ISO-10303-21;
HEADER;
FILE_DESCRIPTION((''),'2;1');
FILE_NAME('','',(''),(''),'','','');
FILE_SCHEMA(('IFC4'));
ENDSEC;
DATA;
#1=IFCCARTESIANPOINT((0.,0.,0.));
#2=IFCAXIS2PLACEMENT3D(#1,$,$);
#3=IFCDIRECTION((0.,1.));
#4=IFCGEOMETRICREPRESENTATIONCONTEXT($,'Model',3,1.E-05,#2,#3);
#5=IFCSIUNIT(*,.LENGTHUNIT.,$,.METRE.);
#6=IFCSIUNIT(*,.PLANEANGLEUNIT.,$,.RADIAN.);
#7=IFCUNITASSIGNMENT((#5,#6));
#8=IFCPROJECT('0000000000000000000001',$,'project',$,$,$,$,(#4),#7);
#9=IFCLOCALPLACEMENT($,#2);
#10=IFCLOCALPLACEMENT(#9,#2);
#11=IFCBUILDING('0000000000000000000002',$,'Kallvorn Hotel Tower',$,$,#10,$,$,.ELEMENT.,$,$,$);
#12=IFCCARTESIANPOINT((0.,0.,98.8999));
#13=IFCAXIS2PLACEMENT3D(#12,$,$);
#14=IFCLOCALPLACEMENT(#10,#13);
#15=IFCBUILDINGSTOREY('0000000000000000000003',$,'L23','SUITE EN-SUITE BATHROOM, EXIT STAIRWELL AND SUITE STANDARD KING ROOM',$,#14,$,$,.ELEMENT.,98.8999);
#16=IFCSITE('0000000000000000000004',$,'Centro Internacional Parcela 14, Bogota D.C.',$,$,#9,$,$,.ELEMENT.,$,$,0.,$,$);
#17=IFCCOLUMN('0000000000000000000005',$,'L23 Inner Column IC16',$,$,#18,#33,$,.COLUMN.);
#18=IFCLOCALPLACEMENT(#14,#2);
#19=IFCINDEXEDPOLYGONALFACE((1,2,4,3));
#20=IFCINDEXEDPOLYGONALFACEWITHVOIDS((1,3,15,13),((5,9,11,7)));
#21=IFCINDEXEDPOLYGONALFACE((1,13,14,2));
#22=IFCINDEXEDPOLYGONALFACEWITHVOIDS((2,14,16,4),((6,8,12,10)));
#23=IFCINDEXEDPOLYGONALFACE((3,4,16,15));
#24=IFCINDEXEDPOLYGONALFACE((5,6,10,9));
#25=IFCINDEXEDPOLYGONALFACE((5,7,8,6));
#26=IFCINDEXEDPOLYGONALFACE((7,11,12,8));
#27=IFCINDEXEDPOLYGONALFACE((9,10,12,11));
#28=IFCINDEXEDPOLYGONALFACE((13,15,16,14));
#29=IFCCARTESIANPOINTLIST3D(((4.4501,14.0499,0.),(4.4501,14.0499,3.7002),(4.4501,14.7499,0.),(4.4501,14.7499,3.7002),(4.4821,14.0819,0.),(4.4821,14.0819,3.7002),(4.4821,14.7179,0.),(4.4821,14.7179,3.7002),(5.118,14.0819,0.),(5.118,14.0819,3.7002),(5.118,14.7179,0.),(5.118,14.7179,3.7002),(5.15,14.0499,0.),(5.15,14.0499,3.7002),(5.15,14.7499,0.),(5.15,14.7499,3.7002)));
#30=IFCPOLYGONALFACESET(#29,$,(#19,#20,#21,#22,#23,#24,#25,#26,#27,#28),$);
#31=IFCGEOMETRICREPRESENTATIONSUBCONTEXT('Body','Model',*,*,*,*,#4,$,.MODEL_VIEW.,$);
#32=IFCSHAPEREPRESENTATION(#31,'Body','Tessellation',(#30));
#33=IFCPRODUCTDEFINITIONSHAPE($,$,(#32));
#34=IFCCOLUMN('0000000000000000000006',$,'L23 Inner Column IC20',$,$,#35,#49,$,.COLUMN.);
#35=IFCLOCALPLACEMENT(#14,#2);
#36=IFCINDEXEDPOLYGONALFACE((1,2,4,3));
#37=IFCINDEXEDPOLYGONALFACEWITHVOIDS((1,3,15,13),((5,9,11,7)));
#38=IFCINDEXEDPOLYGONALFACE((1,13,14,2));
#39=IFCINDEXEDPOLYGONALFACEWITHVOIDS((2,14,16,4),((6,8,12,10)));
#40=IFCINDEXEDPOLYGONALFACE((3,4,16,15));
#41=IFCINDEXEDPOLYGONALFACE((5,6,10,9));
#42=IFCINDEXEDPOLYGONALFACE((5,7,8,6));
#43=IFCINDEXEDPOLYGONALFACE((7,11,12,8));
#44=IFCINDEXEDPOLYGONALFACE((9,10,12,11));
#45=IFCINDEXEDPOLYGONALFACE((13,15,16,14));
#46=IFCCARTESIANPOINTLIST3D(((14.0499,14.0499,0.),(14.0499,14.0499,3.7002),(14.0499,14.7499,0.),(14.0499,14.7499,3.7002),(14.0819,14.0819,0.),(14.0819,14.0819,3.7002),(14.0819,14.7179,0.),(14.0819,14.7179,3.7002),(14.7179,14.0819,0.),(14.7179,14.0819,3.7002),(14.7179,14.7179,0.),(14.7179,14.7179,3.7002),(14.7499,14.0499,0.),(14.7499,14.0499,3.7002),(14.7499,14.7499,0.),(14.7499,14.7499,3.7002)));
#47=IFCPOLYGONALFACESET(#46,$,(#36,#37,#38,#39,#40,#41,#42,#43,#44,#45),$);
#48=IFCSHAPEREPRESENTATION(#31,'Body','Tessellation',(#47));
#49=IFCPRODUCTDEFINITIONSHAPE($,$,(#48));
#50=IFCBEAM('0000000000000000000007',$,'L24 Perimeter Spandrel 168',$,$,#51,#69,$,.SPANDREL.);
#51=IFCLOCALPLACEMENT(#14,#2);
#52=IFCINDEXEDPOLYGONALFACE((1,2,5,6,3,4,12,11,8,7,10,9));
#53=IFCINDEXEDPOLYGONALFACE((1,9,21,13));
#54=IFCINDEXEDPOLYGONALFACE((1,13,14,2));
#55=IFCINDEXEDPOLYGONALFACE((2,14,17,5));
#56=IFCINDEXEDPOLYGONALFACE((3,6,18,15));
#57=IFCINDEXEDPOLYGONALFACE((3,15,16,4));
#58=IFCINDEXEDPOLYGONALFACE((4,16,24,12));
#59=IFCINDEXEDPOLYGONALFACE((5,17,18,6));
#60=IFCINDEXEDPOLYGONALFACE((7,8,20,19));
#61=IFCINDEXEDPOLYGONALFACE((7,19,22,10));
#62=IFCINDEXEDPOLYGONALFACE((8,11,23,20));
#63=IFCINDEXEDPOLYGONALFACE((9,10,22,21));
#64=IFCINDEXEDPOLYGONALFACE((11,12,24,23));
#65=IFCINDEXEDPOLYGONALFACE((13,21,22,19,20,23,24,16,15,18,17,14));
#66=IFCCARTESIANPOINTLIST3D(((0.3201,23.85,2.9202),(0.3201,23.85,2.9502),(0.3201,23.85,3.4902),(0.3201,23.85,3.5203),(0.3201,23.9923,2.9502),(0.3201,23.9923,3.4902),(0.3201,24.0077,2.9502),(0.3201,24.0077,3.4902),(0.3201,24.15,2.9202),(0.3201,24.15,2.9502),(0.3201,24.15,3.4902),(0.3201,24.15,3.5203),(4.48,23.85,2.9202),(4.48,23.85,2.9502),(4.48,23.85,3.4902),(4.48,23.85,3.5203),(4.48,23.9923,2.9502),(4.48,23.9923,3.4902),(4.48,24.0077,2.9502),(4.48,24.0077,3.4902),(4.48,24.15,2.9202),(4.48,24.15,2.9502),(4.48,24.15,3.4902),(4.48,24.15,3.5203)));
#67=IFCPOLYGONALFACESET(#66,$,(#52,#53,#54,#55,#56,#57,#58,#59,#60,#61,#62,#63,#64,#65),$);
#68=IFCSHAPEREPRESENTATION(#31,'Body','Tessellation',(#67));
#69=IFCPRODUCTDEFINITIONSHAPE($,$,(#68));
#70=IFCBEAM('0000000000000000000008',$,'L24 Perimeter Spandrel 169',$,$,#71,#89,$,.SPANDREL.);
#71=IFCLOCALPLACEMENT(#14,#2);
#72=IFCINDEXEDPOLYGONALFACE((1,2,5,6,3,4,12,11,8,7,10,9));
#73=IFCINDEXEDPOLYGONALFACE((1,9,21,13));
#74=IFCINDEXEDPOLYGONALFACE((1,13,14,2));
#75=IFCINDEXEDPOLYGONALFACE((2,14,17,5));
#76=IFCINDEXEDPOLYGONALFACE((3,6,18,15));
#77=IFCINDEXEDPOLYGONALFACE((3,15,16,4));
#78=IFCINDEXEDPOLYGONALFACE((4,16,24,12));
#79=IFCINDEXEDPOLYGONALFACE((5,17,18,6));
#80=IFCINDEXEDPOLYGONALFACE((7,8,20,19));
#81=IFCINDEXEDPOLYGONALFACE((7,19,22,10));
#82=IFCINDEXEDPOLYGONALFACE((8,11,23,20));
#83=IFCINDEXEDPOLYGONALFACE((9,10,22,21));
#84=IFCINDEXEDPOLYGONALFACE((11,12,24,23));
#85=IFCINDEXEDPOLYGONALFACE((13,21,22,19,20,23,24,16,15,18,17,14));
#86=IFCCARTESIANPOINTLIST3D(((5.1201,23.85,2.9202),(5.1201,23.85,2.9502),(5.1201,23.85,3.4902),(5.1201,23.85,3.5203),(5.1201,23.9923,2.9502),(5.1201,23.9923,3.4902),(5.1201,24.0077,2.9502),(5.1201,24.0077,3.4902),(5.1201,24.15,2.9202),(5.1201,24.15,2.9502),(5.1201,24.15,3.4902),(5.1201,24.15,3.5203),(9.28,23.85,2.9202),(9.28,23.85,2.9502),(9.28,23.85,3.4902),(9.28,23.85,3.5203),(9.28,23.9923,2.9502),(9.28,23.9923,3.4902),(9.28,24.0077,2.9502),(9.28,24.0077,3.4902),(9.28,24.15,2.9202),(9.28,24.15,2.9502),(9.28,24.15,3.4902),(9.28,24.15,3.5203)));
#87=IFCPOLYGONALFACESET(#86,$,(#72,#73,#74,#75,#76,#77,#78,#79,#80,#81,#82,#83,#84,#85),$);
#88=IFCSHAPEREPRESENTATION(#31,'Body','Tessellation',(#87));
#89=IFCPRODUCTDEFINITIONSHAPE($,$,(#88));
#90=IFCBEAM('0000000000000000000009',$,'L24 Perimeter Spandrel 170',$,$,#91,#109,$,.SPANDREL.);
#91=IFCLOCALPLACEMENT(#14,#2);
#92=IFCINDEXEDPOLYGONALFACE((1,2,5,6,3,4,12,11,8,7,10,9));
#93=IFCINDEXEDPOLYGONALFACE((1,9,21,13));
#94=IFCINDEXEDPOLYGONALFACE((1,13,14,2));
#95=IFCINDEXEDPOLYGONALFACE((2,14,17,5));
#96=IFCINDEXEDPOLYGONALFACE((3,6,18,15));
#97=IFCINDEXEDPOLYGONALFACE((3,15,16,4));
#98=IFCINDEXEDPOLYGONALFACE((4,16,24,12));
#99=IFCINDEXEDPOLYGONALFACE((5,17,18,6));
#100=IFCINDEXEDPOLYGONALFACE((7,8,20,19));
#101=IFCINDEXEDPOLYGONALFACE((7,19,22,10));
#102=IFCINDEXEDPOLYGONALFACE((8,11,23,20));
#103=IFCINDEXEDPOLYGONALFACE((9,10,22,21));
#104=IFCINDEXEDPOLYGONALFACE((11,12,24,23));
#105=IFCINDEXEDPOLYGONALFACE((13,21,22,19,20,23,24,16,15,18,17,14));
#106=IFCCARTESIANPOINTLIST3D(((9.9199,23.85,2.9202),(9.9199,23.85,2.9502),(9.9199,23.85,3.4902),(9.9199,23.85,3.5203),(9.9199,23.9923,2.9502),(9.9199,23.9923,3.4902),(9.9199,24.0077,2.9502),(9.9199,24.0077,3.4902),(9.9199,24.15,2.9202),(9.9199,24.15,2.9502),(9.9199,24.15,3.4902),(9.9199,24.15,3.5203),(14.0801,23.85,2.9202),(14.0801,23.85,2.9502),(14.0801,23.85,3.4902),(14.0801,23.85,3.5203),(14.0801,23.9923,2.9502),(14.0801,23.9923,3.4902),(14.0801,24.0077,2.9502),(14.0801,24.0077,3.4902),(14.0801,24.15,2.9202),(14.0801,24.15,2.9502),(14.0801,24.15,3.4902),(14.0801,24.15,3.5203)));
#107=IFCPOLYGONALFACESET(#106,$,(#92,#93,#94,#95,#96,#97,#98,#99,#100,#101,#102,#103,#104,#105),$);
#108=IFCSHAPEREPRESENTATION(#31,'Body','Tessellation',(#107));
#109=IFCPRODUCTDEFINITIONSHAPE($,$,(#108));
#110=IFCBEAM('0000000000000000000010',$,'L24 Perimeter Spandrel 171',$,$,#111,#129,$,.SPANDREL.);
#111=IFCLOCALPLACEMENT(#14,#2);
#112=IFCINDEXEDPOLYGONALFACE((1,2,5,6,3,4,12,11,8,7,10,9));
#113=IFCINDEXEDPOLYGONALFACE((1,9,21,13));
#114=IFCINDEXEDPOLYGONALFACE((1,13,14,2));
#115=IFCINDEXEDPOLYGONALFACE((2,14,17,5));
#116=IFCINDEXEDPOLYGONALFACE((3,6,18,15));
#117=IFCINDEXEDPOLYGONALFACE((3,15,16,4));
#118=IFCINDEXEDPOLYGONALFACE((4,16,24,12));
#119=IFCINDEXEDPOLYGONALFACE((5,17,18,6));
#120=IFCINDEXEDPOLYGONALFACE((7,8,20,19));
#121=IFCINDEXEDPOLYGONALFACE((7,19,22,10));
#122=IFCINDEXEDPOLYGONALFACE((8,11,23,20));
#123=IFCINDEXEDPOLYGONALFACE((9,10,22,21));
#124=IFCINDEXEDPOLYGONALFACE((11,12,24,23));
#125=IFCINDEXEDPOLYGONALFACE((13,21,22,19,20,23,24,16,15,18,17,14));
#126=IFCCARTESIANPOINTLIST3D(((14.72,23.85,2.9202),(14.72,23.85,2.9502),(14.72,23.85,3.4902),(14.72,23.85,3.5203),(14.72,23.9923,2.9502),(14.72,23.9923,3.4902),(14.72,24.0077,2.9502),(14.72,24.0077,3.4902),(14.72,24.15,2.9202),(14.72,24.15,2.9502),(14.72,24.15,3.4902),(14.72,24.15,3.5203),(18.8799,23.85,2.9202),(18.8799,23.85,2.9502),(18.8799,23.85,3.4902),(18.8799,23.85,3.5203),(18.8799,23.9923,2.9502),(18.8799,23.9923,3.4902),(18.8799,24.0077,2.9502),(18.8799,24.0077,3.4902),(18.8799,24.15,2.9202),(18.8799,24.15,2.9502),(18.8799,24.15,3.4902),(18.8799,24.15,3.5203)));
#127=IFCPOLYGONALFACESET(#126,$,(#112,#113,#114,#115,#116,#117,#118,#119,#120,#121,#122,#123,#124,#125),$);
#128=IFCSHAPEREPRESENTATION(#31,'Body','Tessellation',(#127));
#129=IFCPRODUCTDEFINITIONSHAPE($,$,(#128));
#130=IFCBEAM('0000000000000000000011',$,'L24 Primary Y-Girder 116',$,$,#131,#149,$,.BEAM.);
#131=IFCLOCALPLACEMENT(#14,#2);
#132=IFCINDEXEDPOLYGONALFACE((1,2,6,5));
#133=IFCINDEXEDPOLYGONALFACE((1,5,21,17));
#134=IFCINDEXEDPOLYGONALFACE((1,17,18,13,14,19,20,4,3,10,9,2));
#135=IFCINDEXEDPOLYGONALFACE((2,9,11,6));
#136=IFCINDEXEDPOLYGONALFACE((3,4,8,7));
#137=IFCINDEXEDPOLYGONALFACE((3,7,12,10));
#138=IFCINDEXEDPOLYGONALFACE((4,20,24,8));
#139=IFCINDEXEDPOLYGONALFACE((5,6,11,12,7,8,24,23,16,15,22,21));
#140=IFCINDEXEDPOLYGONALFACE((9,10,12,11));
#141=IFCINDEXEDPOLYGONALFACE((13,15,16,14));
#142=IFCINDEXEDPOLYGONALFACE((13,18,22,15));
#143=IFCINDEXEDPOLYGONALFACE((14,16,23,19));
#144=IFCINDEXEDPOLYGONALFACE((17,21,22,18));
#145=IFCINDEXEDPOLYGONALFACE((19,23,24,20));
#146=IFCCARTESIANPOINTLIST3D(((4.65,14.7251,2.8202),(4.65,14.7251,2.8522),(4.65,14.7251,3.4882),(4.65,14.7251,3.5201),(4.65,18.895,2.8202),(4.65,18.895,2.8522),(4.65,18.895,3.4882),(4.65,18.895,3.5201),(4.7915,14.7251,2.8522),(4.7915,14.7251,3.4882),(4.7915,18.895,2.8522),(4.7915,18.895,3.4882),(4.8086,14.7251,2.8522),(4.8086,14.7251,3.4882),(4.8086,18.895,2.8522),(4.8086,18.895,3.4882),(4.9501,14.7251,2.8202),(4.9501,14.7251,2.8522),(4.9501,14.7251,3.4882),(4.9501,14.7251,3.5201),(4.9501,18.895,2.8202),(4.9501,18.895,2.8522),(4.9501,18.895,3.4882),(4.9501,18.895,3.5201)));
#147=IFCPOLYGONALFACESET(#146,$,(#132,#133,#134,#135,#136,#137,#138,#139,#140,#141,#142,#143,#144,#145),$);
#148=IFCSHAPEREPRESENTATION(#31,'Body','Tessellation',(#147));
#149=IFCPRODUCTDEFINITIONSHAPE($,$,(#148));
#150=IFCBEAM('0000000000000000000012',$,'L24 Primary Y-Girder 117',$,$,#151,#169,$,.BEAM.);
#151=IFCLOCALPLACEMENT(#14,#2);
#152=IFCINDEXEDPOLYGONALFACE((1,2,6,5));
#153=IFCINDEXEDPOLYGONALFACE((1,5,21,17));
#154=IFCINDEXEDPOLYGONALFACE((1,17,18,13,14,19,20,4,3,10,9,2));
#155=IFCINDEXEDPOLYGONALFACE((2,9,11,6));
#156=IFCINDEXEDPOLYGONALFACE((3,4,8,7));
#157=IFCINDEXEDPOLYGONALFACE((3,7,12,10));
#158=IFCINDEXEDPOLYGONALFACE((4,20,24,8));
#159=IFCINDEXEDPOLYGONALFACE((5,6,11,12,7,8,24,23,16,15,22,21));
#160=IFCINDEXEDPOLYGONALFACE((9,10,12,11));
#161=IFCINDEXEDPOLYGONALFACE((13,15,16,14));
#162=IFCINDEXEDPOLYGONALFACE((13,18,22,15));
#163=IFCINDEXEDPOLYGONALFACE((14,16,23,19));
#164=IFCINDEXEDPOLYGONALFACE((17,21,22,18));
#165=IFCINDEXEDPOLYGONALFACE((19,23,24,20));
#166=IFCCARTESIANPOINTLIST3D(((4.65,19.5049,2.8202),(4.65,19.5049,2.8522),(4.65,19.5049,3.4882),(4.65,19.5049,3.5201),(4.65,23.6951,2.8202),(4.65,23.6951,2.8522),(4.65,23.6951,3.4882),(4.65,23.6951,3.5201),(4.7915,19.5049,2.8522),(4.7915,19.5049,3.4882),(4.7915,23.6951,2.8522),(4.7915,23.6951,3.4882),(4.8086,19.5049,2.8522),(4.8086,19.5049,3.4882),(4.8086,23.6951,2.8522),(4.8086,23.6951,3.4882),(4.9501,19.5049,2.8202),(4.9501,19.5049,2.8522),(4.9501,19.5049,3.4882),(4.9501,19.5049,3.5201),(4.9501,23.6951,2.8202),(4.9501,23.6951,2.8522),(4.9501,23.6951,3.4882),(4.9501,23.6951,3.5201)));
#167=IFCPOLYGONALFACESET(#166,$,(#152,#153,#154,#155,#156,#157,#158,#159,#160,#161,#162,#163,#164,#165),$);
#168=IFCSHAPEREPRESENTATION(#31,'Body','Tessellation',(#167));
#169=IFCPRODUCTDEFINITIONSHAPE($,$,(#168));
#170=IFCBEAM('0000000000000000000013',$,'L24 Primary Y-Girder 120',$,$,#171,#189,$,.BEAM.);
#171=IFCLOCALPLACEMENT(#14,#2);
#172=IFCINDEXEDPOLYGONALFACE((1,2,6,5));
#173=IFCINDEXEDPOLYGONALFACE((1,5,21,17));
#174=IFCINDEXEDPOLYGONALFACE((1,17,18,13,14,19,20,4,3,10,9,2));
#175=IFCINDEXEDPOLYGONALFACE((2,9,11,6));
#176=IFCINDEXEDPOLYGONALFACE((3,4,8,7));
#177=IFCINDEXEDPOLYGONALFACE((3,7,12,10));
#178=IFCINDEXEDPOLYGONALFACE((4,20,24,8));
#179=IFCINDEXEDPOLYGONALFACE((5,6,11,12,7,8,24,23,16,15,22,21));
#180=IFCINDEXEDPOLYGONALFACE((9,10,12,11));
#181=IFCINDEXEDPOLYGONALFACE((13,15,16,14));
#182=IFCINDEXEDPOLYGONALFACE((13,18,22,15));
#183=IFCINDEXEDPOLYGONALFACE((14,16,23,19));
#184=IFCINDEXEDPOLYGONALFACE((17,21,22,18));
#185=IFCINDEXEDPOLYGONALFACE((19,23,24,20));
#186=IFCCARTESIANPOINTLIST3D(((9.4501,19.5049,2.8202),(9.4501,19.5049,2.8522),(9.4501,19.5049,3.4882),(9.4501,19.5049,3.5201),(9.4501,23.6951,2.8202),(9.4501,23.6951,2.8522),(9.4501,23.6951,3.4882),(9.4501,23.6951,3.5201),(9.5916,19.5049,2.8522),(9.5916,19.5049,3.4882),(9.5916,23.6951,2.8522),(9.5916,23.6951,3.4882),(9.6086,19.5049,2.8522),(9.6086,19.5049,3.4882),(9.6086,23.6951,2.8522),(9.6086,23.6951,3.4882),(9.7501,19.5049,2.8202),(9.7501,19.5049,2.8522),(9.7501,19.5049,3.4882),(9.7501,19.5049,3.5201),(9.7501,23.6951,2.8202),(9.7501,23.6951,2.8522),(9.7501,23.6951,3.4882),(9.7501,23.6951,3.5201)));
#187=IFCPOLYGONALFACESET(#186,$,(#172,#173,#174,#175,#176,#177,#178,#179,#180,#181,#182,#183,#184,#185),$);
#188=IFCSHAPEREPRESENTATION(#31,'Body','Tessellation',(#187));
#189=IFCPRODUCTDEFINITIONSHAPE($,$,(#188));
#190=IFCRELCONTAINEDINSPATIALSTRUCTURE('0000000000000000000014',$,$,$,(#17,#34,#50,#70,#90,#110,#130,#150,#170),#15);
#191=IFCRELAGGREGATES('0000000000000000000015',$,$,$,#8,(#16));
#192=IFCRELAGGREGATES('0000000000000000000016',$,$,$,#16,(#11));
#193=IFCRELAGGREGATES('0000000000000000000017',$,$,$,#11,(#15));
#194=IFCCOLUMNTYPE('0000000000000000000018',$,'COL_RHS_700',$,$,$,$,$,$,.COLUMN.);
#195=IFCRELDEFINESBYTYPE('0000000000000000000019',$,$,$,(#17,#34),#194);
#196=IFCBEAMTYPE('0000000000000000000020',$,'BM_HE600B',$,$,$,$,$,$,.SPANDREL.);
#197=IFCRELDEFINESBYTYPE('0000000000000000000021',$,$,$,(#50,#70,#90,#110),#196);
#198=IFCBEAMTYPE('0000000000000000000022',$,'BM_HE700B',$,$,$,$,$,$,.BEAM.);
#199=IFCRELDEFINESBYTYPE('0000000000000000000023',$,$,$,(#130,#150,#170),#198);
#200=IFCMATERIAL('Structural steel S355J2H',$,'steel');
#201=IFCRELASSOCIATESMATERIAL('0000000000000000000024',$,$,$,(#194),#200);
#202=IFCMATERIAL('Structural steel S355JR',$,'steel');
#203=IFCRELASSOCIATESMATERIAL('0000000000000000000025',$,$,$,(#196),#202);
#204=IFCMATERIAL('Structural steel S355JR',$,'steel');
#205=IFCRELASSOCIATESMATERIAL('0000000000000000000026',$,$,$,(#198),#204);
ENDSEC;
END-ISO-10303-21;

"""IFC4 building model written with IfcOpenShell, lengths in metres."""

from ifc_helpers import new_model, si_unit, direction, frame, origin, origin_2d, place, context, subcontext, project, spatial, hollow_rectangle, i_section, extrude, material, material_profile, profile_set, type_object, element, save


model = new_model("IFC4")

# Units and contexts
model_context = context("Model", 3, precision=1e-05, world=origin(), true_north=direction((0.0, 1.0)))
body_context = subcontext(model_context, "Body", "Model", "MODEL_VIEW")
ifc_project = project(units=[si_unit("LENGTHUNIT", "METRE"), si_unit("PLANEANGLEUNIT", "RADIAN")], contexts=[model_context])

# Site, building, storey
site_placement = place(None, origin())
site = spatial("IfcSite", under=ifc_project, at=site_placement, Name="Centro Internacional Parcela 14, Bogota D.C.", CompositionType="ELEMENT", RefElevation=0.0)
building_placement = place(site_placement, origin())
building = spatial("IfcBuilding", under=site, at=building_placement, Name="Kallvorn Hotel Tower", CompositionType="ELEMENT")
storey_placement = place(building_placement, frame((0.0, 0.0, 98.8999)))
storey = spatial("IfcBuildingStorey", under=building, at=storey_placement, Name="L23", Description="SUITE EN-SUITE BATHROOM, EXIT STAIRWELL AND SUITE STANDARD KING ROOM", CompositionType="ELEMENT", Elevation=98.8999)

# Columns
ifc_material_1 = material(Name="Structural steel S355J2H", Category="steel")
ifc_material_profile_1 = material_profile(ifc_material_1, hollow_rectangle(XDim=0.7, YDim=0.7, WallThickness=0.032, at=origin_2d()), Name="RHS 700x700x32")
ifc_profile_set_1 = profile_set([ifc_material_profile_1], Name="Structural steel S355J2H")
column_type_1 = type_object("IfcColumnType", Name="COL_RHS_700", PredefinedType="COLUMN", material=ifc_profile_set_1)
for number, where, z_axis, x_axis, name in (
    (1, (4.8, 14.3999, 0.0), (0.0, 0.0, 1.0), (1.0, 0.0, 0.0), "L23 Inner Column IC16"),
    (2, (14.3999, 14.3999, 0.0), (0.0, 0.0, 1.0), (1.0, 0.0, 0.0), "L23 Inner Column IC20"),
):
    element("IfcColumn", number, at=place(storey_placement, frame(where, z_axis=z_axis, x_axis=x_axis)), inside=storey, type_object=column_type_1, Name=name, PredefinedType="COLUMN", context=body_context, shape_type="SweptSolid", body=[
        extrude(hollow_rectangle(XDim=0.7, YDim=0.7, WallThickness=0.032, at=origin_2d()), origin(), (0.0, 0.0, 1.0), 3.7002),
    ])

# Beams
ifc_material_2 = material(Name="Structural steel S355JR", Category="steel")
ifc_material_profile_2 = material_profile(ifc_material_2, i_section(OverallWidth=0.3, OverallDepth=0.6001, WebThickness=0.0154, FlangeThickness=0.03, at=origin_2d()), Name="HE 600 B")
ifc_profile_set_2 = profile_set([ifc_material_profile_2], Name="Structural steel S355JR")
beam_type_1 = type_object("IfcBeamType", Name="BM_HE600B", PredefinedType="SPANDREL", material=ifc_profile_set_2)
for number, where, z_axis, x_axis, name in (
    (3, (0.3201, 24.0, 3.2202), (1.0, 0.0, 0.0), (0.0, 1.0, 0.0), "L24 Perimeter Spandrel 168"),
    (4, (5.1201, 24.0, 3.2202), (1.0, 0.0, 0.0), (0.0, 1.0, 0.0), "L24 Perimeter Spandrel 169"),
):
    element("IfcBeam", number, at=place(storey_placement, frame(where, z_axis=z_axis, x_axis=x_axis)), inside=storey, type_object=beam_type_1, Name=name, PredefinedType="SPANDREL", context=body_context, shape_type="SweptSolid", body=[
        extrude(i_section(OverallWidth=0.3, OverallDepth=0.6001, WebThickness=0.0154, FlangeThickness=0.03, at=origin_2d()), origin(), (0.0, 0.0, 1.0), 4.1599),
    ])
beam_1_placement = place(storey_placement, frame((9.9199, 24.0, 3.2202), z_axis=(1.0, 0.0, 0.0), x_axis=(0.0, 1.0, 0.0)))
element("IfcBeam", 5, at=beam_1_placement, inside=storey, type_object=beam_type_1, Name="L24 Perimeter Spandrel 170", PredefinedType="SPANDREL", context=body_context, shape_type="SweptSolid", body=[
    extrude(i_section(OverallWidth=0.3, OverallDepth=0.6001, WebThickness=0.0154, FlangeThickness=0.03, at=origin_2d()), origin(), (0.0, 0.0, 1.0), 4.1602),
])
beam_2_placement = place(storey_placement, frame((14.72, 24.0, 3.2202), z_axis=(1.0, 0.0, 0.0), x_axis=(0.0, 1.0, 0.0)))
element("IfcBeam", 6, at=beam_2_placement, inside=storey, type_object=beam_type_1, Name="L24 Perimeter Spandrel 171", PredefinedType="SPANDREL", context=body_context, shape_type="SweptSolid", body=[
    extrude(i_section(OverallWidth=0.3, OverallDepth=0.6001, WebThickness=0.0154, FlangeThickness=0.03, at=origin_2d()), origin(), (0.0, 0.0, 1.0), 4.1599),
])
ifc_material_3 = material(Name="Structural steel S355JR", Category="steel")
ifc_material_profile_3 = material_profile(ifc_material_3, i_section(OverallWidth=0.3, OverallDepth=0.7, WebThickness=0.0171, FlangeThickness=0.032, at=origin_2d()), Name="HE 700 B")
ifc_profile_set_3 = profile_set([ifc_material_profile_3], Name="Structural steel S355JR")
beam_type_2 = type_object("IfcBeamType", Name="BM_HE700B", PredefinedType="BEAM", material=ifc_profile_set_3)
beam_3_placement = place(storey_placement, frame((4.8, 14.7251, 3.1702), z_axis=(0.0, 1.0, 0.0), x_axis=(-1.0, 0.0, 0.0)))
element("IfcBeam", 7, at=beam_3_placement, inside=storey, type_object=beam_type_2, Name="L24 Primary Y-Girder 116", PredefinedType="BEAM", context=body_context, shape_type="SweptSolid", body=[
    extrude(i_section(OverallWidth=0.3, OverallDepth=0.7, WebThickness=0.0171, FlangeThickness=0.032, at=origin_2d()), origin(), (0.0, 0.0, 1.0), 4.1699),
])
for number, where, z_axis, x_axis, name in (
    (8, (4.8, 19.5049, 3.1702), (0.0, 1.0, 0.0), (-1.0, 0.0, 0.0), "L24 Primary Y-Girder 117"),
    (9, (9.6001, 19.5049, 3.1702), (0.0, 1.0, 0.0), (-1.0, 0.0, 0.0), "L24 Primary Y-Girder 120"),
):
    element("IfcBeam", number, at=place(storey_placement, frame(where, z_axis=z_axis, x_axis=x_axis)), inside=storey, type_object=beam_type_2, Name=name, PredefinedType="BEAM", context=body_context, shape_type="SweptSolid", body=[
        extrude(i_section(OverallWidth=0.3, OverallDepth=0.7, WebThickness=0.0171, FlangeThickness=0.032, at=origin_2d()), origin(), (0.0, 0.0, 1.0), 4.1902),
    ])

save(model, "model.ifc")
